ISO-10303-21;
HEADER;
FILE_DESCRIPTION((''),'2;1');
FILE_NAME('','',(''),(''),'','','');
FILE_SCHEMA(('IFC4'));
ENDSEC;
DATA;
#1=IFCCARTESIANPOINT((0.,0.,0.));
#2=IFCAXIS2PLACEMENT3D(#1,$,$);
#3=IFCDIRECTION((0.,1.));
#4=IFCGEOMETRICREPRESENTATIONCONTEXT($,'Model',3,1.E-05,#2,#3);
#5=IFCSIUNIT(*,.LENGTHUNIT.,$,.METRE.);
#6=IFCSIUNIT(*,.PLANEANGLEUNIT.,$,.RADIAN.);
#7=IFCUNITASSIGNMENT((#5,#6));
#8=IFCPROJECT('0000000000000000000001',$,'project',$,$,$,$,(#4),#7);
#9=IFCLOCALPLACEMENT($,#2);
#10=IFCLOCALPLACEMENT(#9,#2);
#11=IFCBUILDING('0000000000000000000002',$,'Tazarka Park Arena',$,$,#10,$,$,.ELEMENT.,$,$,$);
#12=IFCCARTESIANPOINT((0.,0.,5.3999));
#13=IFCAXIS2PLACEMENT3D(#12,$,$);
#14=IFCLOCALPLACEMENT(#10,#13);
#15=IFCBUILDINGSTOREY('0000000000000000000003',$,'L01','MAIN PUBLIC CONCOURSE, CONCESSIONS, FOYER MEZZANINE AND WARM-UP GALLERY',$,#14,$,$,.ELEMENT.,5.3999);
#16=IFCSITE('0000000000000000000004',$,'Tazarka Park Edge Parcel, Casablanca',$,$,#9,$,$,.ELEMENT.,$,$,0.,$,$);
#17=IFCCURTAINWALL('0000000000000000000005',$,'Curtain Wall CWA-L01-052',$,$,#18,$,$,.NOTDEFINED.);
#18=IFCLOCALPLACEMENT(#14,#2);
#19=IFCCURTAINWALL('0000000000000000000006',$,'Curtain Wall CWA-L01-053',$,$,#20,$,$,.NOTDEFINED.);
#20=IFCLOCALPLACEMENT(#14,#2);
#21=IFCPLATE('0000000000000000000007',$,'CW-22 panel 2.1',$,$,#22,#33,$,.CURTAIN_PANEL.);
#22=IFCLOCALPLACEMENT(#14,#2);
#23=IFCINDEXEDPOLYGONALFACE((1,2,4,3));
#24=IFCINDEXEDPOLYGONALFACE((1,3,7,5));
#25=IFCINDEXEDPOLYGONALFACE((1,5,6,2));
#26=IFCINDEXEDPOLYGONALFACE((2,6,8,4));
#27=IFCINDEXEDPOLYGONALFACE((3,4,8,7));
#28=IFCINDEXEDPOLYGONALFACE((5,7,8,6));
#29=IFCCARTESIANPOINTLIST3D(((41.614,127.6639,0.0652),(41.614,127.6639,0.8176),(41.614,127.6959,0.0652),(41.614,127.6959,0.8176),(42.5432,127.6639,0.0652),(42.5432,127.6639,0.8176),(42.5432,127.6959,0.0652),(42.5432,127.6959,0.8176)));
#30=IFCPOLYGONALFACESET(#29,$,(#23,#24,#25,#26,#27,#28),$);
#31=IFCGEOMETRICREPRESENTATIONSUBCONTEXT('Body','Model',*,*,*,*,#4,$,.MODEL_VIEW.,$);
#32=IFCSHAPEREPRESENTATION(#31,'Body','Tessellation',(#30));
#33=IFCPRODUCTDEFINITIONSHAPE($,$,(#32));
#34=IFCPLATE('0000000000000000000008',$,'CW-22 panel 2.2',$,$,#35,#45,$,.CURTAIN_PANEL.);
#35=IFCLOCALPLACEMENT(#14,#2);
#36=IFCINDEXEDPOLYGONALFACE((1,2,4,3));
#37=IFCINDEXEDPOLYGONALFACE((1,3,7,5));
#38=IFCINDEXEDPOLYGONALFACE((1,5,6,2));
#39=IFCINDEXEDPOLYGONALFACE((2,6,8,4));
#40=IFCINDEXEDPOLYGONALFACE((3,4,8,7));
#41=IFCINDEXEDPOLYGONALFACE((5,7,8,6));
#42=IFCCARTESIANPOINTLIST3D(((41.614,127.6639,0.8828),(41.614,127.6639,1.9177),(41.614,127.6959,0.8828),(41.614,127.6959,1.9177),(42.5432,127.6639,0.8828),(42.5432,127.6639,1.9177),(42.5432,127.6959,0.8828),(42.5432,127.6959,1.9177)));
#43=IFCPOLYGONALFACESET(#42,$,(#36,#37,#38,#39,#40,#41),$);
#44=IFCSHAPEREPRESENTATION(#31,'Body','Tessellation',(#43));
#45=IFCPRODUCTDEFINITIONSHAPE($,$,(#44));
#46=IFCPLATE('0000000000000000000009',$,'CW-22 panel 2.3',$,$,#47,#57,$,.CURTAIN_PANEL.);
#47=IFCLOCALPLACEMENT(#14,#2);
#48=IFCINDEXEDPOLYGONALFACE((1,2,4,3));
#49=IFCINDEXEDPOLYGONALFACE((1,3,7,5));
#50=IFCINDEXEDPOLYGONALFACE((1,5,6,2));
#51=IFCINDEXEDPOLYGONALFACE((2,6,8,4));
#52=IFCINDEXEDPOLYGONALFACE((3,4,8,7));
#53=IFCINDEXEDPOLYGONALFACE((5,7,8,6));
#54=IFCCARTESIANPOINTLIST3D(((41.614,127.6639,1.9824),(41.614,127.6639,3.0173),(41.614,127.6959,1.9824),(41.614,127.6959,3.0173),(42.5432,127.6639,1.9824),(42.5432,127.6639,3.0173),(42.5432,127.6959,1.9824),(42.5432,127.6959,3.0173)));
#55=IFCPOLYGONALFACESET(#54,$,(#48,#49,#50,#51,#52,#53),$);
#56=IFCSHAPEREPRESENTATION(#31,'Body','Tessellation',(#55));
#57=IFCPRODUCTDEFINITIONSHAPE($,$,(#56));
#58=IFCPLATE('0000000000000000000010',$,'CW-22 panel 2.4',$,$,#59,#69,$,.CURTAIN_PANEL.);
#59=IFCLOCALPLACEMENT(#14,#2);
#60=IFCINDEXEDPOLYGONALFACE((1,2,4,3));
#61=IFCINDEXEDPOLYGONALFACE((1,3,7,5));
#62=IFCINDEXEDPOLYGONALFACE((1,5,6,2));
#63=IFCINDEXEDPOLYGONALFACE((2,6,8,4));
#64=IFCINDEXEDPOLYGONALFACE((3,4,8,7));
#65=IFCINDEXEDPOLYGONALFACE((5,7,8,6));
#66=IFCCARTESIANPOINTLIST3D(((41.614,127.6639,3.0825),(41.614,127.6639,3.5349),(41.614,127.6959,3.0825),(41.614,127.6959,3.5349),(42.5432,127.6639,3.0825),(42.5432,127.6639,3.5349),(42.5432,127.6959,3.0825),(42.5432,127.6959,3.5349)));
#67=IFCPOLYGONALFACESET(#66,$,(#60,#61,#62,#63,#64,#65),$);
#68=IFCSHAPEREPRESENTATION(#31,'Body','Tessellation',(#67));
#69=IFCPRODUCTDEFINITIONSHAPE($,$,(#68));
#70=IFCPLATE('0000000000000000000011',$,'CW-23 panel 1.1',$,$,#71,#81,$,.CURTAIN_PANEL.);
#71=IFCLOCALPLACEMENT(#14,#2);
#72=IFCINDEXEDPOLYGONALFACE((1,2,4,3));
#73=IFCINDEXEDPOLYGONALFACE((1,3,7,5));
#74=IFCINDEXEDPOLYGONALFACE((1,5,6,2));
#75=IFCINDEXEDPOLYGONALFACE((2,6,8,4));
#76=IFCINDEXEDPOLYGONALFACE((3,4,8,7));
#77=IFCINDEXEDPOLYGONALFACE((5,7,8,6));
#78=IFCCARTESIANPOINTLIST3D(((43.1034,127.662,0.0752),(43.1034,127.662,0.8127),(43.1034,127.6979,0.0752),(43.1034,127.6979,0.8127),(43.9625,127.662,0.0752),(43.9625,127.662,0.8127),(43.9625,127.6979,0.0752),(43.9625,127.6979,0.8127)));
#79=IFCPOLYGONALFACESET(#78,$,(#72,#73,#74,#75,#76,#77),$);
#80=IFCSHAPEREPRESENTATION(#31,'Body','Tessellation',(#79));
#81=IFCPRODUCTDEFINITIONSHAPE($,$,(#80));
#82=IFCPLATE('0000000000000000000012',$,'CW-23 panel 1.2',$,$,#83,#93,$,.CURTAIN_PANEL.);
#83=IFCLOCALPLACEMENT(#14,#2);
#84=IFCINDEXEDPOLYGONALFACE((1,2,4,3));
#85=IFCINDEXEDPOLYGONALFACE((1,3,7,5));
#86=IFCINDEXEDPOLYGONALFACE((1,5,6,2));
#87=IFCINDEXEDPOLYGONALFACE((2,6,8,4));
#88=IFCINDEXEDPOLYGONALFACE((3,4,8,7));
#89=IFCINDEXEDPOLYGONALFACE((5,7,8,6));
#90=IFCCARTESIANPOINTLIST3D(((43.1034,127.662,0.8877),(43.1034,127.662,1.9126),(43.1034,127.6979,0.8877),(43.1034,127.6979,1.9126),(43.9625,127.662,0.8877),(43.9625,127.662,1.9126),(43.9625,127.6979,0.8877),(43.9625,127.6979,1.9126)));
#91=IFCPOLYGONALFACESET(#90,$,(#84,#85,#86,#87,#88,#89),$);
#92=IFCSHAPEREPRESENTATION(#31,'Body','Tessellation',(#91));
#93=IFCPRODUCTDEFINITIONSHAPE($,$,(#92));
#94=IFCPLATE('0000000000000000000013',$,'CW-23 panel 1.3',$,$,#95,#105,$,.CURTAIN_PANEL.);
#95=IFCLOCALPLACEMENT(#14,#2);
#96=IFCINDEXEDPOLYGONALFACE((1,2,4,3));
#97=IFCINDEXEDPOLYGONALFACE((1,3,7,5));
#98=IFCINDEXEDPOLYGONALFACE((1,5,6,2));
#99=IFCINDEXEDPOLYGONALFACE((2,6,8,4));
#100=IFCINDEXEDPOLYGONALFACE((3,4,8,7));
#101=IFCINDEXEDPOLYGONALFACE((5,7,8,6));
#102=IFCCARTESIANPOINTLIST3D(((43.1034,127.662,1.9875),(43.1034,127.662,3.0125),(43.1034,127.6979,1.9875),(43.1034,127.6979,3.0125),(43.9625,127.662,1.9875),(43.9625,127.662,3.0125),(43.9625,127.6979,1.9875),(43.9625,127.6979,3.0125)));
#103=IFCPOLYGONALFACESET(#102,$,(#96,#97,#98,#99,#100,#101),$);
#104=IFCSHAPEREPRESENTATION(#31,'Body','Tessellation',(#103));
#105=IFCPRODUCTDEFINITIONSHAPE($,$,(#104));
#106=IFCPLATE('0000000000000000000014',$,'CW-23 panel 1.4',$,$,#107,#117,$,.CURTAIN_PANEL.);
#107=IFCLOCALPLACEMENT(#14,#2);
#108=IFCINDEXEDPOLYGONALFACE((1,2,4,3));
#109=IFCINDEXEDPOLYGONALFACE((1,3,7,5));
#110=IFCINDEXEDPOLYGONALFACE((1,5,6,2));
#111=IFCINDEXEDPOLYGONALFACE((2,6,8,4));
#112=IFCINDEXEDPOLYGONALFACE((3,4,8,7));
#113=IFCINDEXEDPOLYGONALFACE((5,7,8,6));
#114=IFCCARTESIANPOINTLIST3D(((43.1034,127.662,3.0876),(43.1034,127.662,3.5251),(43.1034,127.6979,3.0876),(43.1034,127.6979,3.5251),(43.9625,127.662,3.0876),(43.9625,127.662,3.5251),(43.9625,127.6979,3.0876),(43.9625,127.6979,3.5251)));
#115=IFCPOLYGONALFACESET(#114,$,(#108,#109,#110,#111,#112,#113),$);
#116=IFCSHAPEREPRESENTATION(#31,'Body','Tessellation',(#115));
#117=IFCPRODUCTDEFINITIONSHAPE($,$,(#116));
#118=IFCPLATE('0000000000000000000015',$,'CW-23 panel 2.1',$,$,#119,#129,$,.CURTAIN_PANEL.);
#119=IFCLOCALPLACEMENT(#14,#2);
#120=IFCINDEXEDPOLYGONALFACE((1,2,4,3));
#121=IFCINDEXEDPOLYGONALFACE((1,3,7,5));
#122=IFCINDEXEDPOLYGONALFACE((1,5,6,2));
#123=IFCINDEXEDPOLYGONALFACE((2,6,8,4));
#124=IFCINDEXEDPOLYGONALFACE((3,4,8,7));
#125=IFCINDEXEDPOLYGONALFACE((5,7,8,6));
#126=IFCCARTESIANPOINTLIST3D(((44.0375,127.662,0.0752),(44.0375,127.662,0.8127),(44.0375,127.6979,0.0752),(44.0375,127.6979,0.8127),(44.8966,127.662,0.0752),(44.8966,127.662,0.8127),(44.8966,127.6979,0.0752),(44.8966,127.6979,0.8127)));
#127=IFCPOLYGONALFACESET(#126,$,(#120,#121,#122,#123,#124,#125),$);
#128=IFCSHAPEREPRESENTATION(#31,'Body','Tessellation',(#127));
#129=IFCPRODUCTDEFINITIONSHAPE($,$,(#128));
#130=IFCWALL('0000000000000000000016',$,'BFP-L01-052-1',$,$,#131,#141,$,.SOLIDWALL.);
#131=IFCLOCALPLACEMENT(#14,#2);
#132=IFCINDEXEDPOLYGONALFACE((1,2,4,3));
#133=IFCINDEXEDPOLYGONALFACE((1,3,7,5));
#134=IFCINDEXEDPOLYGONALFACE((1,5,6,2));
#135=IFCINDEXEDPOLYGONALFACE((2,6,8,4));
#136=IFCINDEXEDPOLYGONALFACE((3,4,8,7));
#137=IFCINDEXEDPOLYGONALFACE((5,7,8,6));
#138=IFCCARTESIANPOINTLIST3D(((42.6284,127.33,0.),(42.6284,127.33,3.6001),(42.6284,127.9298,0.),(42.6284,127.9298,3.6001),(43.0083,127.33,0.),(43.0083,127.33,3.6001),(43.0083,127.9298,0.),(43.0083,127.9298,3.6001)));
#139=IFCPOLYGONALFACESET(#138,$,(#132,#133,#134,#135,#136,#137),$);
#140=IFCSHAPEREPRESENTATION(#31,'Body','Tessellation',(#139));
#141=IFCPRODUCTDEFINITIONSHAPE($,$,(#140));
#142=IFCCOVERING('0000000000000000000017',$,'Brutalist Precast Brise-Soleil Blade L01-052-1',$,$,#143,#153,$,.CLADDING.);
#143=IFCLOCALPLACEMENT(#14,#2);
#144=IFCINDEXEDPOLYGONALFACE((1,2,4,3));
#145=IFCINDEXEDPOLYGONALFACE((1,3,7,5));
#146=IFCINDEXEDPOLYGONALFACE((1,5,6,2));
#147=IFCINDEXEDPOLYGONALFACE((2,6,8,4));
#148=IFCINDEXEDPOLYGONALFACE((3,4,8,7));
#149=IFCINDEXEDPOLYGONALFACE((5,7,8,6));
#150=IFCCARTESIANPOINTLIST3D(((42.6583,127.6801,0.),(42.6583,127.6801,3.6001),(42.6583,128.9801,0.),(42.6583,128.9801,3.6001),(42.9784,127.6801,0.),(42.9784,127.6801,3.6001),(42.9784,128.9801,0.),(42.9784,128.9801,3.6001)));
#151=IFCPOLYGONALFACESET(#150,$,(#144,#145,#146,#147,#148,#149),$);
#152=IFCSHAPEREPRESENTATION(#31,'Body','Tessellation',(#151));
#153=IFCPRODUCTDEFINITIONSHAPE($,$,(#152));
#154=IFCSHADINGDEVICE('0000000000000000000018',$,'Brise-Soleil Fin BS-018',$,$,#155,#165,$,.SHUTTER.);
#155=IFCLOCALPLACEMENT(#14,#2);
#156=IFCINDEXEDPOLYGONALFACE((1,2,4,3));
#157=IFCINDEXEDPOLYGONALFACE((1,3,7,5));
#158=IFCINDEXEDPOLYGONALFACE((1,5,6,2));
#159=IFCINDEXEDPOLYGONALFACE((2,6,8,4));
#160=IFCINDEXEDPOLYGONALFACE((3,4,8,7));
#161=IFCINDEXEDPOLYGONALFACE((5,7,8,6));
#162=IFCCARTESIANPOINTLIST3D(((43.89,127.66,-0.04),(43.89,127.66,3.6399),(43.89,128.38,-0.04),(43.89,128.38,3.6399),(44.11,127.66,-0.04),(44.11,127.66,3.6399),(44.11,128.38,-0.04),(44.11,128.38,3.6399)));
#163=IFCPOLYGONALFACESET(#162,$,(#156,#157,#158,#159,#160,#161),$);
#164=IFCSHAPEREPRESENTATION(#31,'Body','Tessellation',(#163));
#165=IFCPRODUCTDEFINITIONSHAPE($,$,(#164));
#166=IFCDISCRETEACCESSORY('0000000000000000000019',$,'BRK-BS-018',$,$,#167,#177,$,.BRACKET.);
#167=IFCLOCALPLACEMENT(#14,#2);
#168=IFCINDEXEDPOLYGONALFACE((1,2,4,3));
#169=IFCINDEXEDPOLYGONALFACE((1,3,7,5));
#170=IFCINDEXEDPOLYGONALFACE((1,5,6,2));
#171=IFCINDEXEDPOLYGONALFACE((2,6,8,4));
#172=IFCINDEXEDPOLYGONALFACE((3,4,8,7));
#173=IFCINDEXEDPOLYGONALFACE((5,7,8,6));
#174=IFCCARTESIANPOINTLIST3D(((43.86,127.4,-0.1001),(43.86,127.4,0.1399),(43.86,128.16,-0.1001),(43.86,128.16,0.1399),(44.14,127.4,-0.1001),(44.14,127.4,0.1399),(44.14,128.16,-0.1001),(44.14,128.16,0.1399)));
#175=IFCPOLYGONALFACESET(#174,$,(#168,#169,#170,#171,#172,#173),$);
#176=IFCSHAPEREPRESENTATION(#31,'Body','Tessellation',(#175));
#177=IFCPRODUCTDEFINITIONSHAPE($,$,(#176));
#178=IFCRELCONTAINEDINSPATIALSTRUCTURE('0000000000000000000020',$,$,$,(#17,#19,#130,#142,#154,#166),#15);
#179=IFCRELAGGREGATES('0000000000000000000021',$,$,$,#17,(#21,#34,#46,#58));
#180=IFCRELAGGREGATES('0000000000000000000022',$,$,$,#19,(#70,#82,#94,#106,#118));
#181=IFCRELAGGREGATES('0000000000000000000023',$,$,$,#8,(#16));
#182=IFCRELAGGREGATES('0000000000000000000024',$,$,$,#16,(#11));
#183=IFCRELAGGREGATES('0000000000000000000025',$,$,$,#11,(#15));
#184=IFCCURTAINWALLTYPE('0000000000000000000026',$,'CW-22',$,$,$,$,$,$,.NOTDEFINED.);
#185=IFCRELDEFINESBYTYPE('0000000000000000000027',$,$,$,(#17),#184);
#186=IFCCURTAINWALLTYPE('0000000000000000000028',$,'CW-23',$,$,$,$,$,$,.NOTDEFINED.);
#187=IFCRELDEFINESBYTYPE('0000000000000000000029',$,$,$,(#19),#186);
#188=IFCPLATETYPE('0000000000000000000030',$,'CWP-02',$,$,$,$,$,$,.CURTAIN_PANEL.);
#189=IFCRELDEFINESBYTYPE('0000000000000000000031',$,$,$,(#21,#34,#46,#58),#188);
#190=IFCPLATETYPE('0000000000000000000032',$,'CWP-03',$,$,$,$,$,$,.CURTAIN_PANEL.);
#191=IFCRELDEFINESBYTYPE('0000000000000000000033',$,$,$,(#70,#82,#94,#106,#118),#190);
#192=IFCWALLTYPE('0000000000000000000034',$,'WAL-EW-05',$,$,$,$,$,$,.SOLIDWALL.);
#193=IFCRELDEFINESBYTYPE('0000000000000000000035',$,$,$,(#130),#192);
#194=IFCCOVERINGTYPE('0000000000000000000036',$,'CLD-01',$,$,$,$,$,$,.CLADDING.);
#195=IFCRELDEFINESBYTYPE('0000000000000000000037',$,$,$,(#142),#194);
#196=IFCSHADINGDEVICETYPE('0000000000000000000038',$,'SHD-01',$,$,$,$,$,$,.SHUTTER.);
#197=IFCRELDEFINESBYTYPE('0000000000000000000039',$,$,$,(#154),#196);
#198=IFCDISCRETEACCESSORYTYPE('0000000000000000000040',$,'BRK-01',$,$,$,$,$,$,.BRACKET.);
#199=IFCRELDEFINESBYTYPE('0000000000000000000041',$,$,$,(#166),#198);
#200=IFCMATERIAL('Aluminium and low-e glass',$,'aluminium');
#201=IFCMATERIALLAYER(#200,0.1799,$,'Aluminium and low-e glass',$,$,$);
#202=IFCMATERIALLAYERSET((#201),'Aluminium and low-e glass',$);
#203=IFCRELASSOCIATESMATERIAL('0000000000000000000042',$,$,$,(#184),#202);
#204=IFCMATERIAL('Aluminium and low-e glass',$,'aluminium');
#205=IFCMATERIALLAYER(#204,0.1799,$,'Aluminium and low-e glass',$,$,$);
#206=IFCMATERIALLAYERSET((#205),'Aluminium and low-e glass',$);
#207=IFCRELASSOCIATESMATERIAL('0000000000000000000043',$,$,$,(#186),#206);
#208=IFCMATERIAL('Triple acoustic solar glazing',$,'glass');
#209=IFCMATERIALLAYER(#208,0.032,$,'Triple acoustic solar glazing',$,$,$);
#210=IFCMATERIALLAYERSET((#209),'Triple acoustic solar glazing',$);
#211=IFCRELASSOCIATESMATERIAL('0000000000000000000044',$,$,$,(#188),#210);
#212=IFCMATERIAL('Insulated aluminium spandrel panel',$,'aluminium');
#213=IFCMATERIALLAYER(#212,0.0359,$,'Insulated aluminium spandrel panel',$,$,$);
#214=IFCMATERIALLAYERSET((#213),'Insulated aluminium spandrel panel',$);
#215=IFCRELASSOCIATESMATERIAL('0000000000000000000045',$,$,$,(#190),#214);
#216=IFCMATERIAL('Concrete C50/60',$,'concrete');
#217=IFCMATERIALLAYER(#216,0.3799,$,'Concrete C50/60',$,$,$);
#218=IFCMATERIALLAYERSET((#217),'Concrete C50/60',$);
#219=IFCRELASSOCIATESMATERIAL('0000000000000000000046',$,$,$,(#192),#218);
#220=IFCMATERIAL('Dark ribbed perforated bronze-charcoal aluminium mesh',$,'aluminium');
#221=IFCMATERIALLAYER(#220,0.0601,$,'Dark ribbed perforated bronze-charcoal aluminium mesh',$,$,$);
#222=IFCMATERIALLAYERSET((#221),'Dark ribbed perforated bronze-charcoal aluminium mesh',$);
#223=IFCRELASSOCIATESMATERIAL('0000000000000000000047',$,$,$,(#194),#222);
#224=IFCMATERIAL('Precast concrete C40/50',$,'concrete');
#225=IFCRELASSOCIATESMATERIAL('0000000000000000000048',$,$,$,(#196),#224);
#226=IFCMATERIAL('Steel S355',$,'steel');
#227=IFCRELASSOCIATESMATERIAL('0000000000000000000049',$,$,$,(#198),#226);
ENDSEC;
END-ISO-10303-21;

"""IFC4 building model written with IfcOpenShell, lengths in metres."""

from ifc_helpers import new_model, si_unit, direction, frame, frame_2d, origin, origin_2d, place, context, subcontext, project, spatial, rectangle, extrude, material, layer, layer_set, type_object, element, aggregate, save


model = new_model("IFC4")

# Units and contexts
model_context = context("Model", 3, precision=1e-05, world=origin(), true_north=direction((0.0, 1.0)))
body_context = subcontext(model_context, "Body", "Model", "MODEL_VIEW")
ifc_project = project(units=[si_unit("LENGTHUNIT", "METRE"), si_unit("PLANEANGLEUNIT", "RADIAN")], contexts=[model_context])

# Site, building, storey
site_placement = place(None, origin())
site = spatial("IfcSite", under=ifc_project, at=site_placement, Name="Tazarka Park Edge Parcel, Casablanca", CompositionType="ELEMENT", RefElevation=0.0)
building_placement = place(site_placement, origin())
building = spatial("IfcBuilding", under=site, at=building_placement, Name="Tazarka Park Arena", CompositionType="ELEMENT")
storey_placement = place(building_placement, frame((0.0, 0.0, 5.3999)))
storey = spatial("IfcBuildingStorey", under=building, at=storey_placement, Name="L01", Description="MAIN PUBLIC CONCOURSE, CONCESSIONS, FOYER MEZZANINE AND WARM-UP GALLERY", CompositionType="ELEMENT", Elevation=5.3999)

# Curtain wall
ifc_material_1 = material(Name="Aluminium and low-e glass", Category="aluminium")
ifc_layer_1 = layer(ifc_material_1, 0.1799, Name="Aluminium and low-e glass")
ifc_layer_set_1 = layer_set([ifc_layer_1], Name="Aluminium and low-e glass")
curtain_wall_type_1 = type_object("IfcCurtainWallType", Name="CW-22", PredefinedType="NOTDEFINED", material=ifc_layer_set_1)
curtain_wall_1_placement = place(storey_placement, origin())
curtain_wall_1 = element("IfcCurtainWall", 1, at=curtain_wall_1_placement, inside=storey, type_object=curtain_wall_type_1, Name="Curtain Wall CWA-L01-052", PredefinedType="NOTDEFINED")

# Curtain wall
ifc_material_2 = material(Name="Aluminium and low-e glass", Category="aluminium")
ifc_layer_2 = layer(ifc_material_2, 0.1799, Name="Aluminium and low-e glass")
ifc_layer_set_2 = layer_set([ifc_layer_2], Name="Aluminium and low-e glass")
curtain_wall_type_2 = type_object("IfcCurtainWallType", Name="CW-23", PredefinedType="NOTDEFINED", material=ifc_layer_set_2)
curtain_wall_2_placement = place(storey_placement, origin())
curtain_wall_2 = element("IfcCurtainWall", 2, at=curtain_wall_2_placement, inside=storey, type_object=curtain_wall_type_2, Name="Curtain Wall CWA-L01-053", PredefinedType="NOTDEFINED")

# Plates
ifc_material_3 = material(Name="Triple acoustic solar glazing", Category="glass")
ifc_layer_3 = layer(ifc_material_3, 0.032, Name="Triple acoustic solar glazing")
ifc_layer_set_3 = layer_set([ifc_layer_3], Name="Triple acoustic solar glazing")
plate_type_1 = type_object("IfcPlateType", Name="CWP-02", PredefinedType="CURTAIN_PANEL", material=ifc_layer_set_3)
plate_1_placement = place(storey_placement, frame((42.0786, 127.6799, 0.0652), z_axis=(0.0, 0.0, 1.0), x_axis=(1.0, 0.0, 0.0)))
plate_1 = element("IfcPlate", 3, at=plate_1_placement, type_object=plate_type_1, Name="CW-22 panel 2.1", PredefinedType="CURTAIN_PANEL", context=body_context, shape_type="SweptSolid", body=[
    extrude(rectangle(XDim=0.9292, YDim=0.032, at=origin_2d()), origin(), (0.0, 0.0, 1.0), 0.7524),
])
plate_2_placement = place(storey_placement, frame((42.0786, 127.6799, 0.8828), z_axis=(0.0, 0.0, 1.0), x_axis=(1.0, 0.0, 0.0)))
plate_2 = element("IfcPlate", 4, at=plate_2_placement, type_object=plate_type_1, Name="CW-22 panel 2.2", PredefinedType="CURTAIN_PANEL", context=body_context, shape_type="SweptSolid", body=[
    extrude(rectangle(XDim=0.9292, YDim=0.032, at=origin_2d()), origin(), (0.0, 0.0, 1.0), 1.0349),
])
plate_3_placement = place(storey_placement, frame((42.0786, 127.6799, 1.9824), z_axis=(0.0, 0.0, 1.0), x_axis=(1.0, 0.0, 0.0)))
plate_3 = element("IfcPlate", 5, at=plate_3_placement, type_object=plate_type_1, Name="CW-22 panel 2.3", PredefinedType="CURTAIN_PANEL", context=body_context, shape_type="SweptSolid", body=[
    extrude(rectangle(XDim=0.9292, YDim=0.032, at=origin_2d()), origin(), (0.0, 0.0, 1.0), 1.0349),
])
plate_4_placement = place(storey_placement, frame((42.0786, 127.6799, 3.0825), z_axis=(0.0, 0.0, 1.0), x_axis=(1.0, 0.0, 0.0)))
plate_4 = element("IfcPlate", 6, at=plate_4_placement, type_object=plate_type_1, Name="CW-22 panel 2.4", PredefinedType="CURTAIN_PANEL", context=body_context, shape_type="SweptSolid", body=[
    extrude(rectangle(XDim=0.9292, YDim=0.032, at=origin_2d()), origin(), (0.0, 0.0, 1.0), 0.4524),
])
aggregate(curtain_wall_1, [plate_1, plate_2, plate_3, plate_4])
ifc_material_4 = material(Name="Insulated aluminium spandrel panel", Category="aluminium")
ifc_layer_4 = layer(ifc_material_4, 0.0359, Name="Insulated aluminium spandrel panel")
ifc_layer_set_4 = layer_set([ifc_layer_4], Name="Insulated aluminium spandrel panel")
plate_type_2 = type_object("IfcPlateType", Name="CWP-03", PredefinedType="CURTAIN_PANEL", material=ifc_layer_set_4)
plate_5_placement = place(storey_placement, frame((43.533, 127.6799, 0.0752), z_axis=(0.0, 0.0, 1.0), x_axis=(1.0, 0.0, 0.0)))
plate_5 = element("IfcPlate", 7, at=plate_5_placement, type_object=plate_type_2, Name="CW-23 panel 1.1", PredefinedType="CURTAIN_PANEL", context=body_context, shape_type="SweptSolid", body=[
    extrude(rectangle(XDim=0.8591, YDim=0.0359, at=origin_2d()), origin(), (0.0, 0.0, 1.0), 0.7375),
])
plate_6_placement = place(storey_placement, frame((43.533, 127.6799, 0.8877), z_axis=(0.0, 0.0, 1.0), x_axis=(1.0, 0.0, 0.0)))
plate_6 = element("IfcPlate", 8, at=plate_6_placement, type_object=plate_type_2, Name="CW-23 panel 1.2", PredefinedType="CURTAIN_PANEL", context=body_context, shape_type="SweptSolid", body=[
    extrude(rectangle(XDim=0.8591, YDim=0.0359, at=origin_2d()), origin(), (0.0, 0.0, 1.0), 1.0249),
])
plate_7_placement = place(storey_placement, frame((43.533, 127.6799, 1.9875), z_axis=(0.0, 0.0, 1.0), x_axis=(1.0, 0.0, 0.0)))
plate_7 = element("IfcPlate", 9, at=plate_7_placement, type_object=plate_type_2, Name="CW-23 panel 1.3", PredefinedType="CURTAIN_PANEL", context=body_context, shape_type="SweptSolid", body=[
    extrude(rectangle(XDim=0.8591, YDim=0.0359, at=origin_2d()), origin(), (0.0, 0.0, 1.0), 1.0249),
])
plate_8_placement = place(storey_placement, frame((43.533, 127.6799, 3.0876), z_axis=(0.0, 0.0, 1.0), x_axis=(1.0, 0.0, 0.0)))
plate_8 = element("IfcPlate", 10, at=plate_8_placement, type_object=plate_type_2, Name="CW-23 panel 1.4", PredefinedType="CURTAIN_PANEL", context=body_context, shape_type="SweptSolid", body=[
    extrude(rectangle(XDim=0.8591, YDim=0.0359, at=origin_2d()), origin(), (0.0, 0.0, 1.0), 0.4375),
])
plate_9_placement = place(storey_placement, frame((44.467, 127.6799, 0.0752), z_axis=(0.0, 0.0, 1.0), x_axis=(1.0, 0.0, 0.0)))
plate_9 = element("IfcPlate", 11, at=plate_9_placement, type_object=plate_type_2, Name="CW-23 panel 2.1", PredefinedType="CURTAIN_PANEL", context=body_context, shape_type="SweptSolid", body=[
    extrude(rectangle(XDim=0.8591, YDim=0.0359, at=origin_2d()), origin(), (0.0, 0.0, 1.0), 0.7375),
])
aggregate(curtain_wall_2, [plate_5, plate_6, plate_7, plate_8, plate_9])

# Wall
ifc_material_5 = material(Name="Concrete C50/60", Category="concrete")
ifc_layer_5 = layer(ifc_material_5, 0.3799, Name="Concrete C50/60")
ifc_layer_set_5 = layer_set([ifc_layer_5], Name="Concrete C50/60")
wall_type = type_object("IfcWallType", Name="WAL-EW-05", PredefinedType="SOLIDWALL", material=ifc_layer_set_5)
wall_placement = place(storey_placement, frame((42.8184, 127.3301, 0.0), z_axis=(0.0, 0.0, 1.0), x_axis=(0.0, 1.0, 0.0)))
element("IfcWall", 12, at=wall_placement, inside=storey, type_object=wall_type, Name="BFP-L01-052-1", PredefinedType="SOLIDWALL", context=body_context, shape_type="SweptSolid", body=[
    extrude(rectangle(XDim=0.5999, YDim=0.3799, at=frame_2d((0.2998, 0.0))), origin(), (0.0, 0.0, 1.0), 3.6001),
])

# Covering
ifc_material_6 = material(Name="Dark ribbed perforated bronze-charcoal aluminium mesh", Category="aluminium")
ifc_layer_6 = layer(ifc_material_6, 0.0601, Name="Dark ribbed perforated bronze-charcoal aluminium mesh")
ifc_layer_set_6 = layer_set([ifc_layer_6], Name="Dark ribbed perforated bronze-charcoal aluminium mesh")
covering_type = type_object("IfcCoveringType", Name="CLD-01", PredefinedType="CLADDING", material=ifc_layer_set_6)
covering_placement = place(storey_placement, frame((42.8184, 128.3301, 0.0), z_axis=(0.0, 0.0, 1.0), x_axis=(1.0, 0.0, 0.0)))
element("IfcCovering", 13, at=covering_placement, inside=storey, type_object=covering_type, Name="Brutalist Precast Brise-Soleil Blade L01-052-1", PredefinedType="CLADDING", context=body_context, shape_type="SweptSolid", body=[
    extrude(rectangle(XDim=0.3201, YDim=1.3, at=origin_2d()), origin(), (0.0, 0.0, 1.0), 3.6001),
])

# Shading device
ifc_material_7 = material(Name="Precast concrete C40/50", Category="concrete")
shading_device_type = type_object("IfcShadingDeviceType", Name="SHD-01", PredefinedType="SHUTTER", material=ifc_material_7)
shading_device_placement = place(storey_placement, frame((44.0, 128.02, -0.04), z_axis=(0.0, 0.0, 1.0), x_axis=(1.0, 0.0, 0.0)))
element("IfcShadingDevice", 14, at=shading_device_placement, inside=storey, type_object=shading_device_type, Name="Brise-Soleil Fin BS-018", PredefinedType="SHUTTER", context=body_context, shape_type="SweptSolid", body=[
    extrude(rectangle(XDim=0.22, YDim=0.72, at=origin_2d()), origin(), (0.0, 0.0, 1.0), 3.6799),
])

# Discrete accessory
ifc_material_8 = material(Name="Steel S355", Category="steel")
discrete_accessory_type = type_object("IfcDiscreteAccessoryType", Name="BRK-01", PredefinedType="BRACKET", material=ifc_material_8)
discrete_accessory_placement = place(storey_placement, frame((44.0, 127.78, -0.1001), z_axis=(0.0, 0.0, 1.0), x_axis=(1.0, 0.0, 0.0)))
element("IfcDiscreteAccessory", 15, at=discrete_accessory_placement, inside=storey, type_object=discrete_accessory_type, Name="BRK-BS-018", PredefinedType="BRACKET", context=body_context, shape_type="SweptSolid", body=[
    extrude(rectangle(XDim=0.28, YDim=0.76, at=origin_2d()), origin(), (0.0, 0.0, 1.0), 0.24),
])

save(model, "model.ifc")
